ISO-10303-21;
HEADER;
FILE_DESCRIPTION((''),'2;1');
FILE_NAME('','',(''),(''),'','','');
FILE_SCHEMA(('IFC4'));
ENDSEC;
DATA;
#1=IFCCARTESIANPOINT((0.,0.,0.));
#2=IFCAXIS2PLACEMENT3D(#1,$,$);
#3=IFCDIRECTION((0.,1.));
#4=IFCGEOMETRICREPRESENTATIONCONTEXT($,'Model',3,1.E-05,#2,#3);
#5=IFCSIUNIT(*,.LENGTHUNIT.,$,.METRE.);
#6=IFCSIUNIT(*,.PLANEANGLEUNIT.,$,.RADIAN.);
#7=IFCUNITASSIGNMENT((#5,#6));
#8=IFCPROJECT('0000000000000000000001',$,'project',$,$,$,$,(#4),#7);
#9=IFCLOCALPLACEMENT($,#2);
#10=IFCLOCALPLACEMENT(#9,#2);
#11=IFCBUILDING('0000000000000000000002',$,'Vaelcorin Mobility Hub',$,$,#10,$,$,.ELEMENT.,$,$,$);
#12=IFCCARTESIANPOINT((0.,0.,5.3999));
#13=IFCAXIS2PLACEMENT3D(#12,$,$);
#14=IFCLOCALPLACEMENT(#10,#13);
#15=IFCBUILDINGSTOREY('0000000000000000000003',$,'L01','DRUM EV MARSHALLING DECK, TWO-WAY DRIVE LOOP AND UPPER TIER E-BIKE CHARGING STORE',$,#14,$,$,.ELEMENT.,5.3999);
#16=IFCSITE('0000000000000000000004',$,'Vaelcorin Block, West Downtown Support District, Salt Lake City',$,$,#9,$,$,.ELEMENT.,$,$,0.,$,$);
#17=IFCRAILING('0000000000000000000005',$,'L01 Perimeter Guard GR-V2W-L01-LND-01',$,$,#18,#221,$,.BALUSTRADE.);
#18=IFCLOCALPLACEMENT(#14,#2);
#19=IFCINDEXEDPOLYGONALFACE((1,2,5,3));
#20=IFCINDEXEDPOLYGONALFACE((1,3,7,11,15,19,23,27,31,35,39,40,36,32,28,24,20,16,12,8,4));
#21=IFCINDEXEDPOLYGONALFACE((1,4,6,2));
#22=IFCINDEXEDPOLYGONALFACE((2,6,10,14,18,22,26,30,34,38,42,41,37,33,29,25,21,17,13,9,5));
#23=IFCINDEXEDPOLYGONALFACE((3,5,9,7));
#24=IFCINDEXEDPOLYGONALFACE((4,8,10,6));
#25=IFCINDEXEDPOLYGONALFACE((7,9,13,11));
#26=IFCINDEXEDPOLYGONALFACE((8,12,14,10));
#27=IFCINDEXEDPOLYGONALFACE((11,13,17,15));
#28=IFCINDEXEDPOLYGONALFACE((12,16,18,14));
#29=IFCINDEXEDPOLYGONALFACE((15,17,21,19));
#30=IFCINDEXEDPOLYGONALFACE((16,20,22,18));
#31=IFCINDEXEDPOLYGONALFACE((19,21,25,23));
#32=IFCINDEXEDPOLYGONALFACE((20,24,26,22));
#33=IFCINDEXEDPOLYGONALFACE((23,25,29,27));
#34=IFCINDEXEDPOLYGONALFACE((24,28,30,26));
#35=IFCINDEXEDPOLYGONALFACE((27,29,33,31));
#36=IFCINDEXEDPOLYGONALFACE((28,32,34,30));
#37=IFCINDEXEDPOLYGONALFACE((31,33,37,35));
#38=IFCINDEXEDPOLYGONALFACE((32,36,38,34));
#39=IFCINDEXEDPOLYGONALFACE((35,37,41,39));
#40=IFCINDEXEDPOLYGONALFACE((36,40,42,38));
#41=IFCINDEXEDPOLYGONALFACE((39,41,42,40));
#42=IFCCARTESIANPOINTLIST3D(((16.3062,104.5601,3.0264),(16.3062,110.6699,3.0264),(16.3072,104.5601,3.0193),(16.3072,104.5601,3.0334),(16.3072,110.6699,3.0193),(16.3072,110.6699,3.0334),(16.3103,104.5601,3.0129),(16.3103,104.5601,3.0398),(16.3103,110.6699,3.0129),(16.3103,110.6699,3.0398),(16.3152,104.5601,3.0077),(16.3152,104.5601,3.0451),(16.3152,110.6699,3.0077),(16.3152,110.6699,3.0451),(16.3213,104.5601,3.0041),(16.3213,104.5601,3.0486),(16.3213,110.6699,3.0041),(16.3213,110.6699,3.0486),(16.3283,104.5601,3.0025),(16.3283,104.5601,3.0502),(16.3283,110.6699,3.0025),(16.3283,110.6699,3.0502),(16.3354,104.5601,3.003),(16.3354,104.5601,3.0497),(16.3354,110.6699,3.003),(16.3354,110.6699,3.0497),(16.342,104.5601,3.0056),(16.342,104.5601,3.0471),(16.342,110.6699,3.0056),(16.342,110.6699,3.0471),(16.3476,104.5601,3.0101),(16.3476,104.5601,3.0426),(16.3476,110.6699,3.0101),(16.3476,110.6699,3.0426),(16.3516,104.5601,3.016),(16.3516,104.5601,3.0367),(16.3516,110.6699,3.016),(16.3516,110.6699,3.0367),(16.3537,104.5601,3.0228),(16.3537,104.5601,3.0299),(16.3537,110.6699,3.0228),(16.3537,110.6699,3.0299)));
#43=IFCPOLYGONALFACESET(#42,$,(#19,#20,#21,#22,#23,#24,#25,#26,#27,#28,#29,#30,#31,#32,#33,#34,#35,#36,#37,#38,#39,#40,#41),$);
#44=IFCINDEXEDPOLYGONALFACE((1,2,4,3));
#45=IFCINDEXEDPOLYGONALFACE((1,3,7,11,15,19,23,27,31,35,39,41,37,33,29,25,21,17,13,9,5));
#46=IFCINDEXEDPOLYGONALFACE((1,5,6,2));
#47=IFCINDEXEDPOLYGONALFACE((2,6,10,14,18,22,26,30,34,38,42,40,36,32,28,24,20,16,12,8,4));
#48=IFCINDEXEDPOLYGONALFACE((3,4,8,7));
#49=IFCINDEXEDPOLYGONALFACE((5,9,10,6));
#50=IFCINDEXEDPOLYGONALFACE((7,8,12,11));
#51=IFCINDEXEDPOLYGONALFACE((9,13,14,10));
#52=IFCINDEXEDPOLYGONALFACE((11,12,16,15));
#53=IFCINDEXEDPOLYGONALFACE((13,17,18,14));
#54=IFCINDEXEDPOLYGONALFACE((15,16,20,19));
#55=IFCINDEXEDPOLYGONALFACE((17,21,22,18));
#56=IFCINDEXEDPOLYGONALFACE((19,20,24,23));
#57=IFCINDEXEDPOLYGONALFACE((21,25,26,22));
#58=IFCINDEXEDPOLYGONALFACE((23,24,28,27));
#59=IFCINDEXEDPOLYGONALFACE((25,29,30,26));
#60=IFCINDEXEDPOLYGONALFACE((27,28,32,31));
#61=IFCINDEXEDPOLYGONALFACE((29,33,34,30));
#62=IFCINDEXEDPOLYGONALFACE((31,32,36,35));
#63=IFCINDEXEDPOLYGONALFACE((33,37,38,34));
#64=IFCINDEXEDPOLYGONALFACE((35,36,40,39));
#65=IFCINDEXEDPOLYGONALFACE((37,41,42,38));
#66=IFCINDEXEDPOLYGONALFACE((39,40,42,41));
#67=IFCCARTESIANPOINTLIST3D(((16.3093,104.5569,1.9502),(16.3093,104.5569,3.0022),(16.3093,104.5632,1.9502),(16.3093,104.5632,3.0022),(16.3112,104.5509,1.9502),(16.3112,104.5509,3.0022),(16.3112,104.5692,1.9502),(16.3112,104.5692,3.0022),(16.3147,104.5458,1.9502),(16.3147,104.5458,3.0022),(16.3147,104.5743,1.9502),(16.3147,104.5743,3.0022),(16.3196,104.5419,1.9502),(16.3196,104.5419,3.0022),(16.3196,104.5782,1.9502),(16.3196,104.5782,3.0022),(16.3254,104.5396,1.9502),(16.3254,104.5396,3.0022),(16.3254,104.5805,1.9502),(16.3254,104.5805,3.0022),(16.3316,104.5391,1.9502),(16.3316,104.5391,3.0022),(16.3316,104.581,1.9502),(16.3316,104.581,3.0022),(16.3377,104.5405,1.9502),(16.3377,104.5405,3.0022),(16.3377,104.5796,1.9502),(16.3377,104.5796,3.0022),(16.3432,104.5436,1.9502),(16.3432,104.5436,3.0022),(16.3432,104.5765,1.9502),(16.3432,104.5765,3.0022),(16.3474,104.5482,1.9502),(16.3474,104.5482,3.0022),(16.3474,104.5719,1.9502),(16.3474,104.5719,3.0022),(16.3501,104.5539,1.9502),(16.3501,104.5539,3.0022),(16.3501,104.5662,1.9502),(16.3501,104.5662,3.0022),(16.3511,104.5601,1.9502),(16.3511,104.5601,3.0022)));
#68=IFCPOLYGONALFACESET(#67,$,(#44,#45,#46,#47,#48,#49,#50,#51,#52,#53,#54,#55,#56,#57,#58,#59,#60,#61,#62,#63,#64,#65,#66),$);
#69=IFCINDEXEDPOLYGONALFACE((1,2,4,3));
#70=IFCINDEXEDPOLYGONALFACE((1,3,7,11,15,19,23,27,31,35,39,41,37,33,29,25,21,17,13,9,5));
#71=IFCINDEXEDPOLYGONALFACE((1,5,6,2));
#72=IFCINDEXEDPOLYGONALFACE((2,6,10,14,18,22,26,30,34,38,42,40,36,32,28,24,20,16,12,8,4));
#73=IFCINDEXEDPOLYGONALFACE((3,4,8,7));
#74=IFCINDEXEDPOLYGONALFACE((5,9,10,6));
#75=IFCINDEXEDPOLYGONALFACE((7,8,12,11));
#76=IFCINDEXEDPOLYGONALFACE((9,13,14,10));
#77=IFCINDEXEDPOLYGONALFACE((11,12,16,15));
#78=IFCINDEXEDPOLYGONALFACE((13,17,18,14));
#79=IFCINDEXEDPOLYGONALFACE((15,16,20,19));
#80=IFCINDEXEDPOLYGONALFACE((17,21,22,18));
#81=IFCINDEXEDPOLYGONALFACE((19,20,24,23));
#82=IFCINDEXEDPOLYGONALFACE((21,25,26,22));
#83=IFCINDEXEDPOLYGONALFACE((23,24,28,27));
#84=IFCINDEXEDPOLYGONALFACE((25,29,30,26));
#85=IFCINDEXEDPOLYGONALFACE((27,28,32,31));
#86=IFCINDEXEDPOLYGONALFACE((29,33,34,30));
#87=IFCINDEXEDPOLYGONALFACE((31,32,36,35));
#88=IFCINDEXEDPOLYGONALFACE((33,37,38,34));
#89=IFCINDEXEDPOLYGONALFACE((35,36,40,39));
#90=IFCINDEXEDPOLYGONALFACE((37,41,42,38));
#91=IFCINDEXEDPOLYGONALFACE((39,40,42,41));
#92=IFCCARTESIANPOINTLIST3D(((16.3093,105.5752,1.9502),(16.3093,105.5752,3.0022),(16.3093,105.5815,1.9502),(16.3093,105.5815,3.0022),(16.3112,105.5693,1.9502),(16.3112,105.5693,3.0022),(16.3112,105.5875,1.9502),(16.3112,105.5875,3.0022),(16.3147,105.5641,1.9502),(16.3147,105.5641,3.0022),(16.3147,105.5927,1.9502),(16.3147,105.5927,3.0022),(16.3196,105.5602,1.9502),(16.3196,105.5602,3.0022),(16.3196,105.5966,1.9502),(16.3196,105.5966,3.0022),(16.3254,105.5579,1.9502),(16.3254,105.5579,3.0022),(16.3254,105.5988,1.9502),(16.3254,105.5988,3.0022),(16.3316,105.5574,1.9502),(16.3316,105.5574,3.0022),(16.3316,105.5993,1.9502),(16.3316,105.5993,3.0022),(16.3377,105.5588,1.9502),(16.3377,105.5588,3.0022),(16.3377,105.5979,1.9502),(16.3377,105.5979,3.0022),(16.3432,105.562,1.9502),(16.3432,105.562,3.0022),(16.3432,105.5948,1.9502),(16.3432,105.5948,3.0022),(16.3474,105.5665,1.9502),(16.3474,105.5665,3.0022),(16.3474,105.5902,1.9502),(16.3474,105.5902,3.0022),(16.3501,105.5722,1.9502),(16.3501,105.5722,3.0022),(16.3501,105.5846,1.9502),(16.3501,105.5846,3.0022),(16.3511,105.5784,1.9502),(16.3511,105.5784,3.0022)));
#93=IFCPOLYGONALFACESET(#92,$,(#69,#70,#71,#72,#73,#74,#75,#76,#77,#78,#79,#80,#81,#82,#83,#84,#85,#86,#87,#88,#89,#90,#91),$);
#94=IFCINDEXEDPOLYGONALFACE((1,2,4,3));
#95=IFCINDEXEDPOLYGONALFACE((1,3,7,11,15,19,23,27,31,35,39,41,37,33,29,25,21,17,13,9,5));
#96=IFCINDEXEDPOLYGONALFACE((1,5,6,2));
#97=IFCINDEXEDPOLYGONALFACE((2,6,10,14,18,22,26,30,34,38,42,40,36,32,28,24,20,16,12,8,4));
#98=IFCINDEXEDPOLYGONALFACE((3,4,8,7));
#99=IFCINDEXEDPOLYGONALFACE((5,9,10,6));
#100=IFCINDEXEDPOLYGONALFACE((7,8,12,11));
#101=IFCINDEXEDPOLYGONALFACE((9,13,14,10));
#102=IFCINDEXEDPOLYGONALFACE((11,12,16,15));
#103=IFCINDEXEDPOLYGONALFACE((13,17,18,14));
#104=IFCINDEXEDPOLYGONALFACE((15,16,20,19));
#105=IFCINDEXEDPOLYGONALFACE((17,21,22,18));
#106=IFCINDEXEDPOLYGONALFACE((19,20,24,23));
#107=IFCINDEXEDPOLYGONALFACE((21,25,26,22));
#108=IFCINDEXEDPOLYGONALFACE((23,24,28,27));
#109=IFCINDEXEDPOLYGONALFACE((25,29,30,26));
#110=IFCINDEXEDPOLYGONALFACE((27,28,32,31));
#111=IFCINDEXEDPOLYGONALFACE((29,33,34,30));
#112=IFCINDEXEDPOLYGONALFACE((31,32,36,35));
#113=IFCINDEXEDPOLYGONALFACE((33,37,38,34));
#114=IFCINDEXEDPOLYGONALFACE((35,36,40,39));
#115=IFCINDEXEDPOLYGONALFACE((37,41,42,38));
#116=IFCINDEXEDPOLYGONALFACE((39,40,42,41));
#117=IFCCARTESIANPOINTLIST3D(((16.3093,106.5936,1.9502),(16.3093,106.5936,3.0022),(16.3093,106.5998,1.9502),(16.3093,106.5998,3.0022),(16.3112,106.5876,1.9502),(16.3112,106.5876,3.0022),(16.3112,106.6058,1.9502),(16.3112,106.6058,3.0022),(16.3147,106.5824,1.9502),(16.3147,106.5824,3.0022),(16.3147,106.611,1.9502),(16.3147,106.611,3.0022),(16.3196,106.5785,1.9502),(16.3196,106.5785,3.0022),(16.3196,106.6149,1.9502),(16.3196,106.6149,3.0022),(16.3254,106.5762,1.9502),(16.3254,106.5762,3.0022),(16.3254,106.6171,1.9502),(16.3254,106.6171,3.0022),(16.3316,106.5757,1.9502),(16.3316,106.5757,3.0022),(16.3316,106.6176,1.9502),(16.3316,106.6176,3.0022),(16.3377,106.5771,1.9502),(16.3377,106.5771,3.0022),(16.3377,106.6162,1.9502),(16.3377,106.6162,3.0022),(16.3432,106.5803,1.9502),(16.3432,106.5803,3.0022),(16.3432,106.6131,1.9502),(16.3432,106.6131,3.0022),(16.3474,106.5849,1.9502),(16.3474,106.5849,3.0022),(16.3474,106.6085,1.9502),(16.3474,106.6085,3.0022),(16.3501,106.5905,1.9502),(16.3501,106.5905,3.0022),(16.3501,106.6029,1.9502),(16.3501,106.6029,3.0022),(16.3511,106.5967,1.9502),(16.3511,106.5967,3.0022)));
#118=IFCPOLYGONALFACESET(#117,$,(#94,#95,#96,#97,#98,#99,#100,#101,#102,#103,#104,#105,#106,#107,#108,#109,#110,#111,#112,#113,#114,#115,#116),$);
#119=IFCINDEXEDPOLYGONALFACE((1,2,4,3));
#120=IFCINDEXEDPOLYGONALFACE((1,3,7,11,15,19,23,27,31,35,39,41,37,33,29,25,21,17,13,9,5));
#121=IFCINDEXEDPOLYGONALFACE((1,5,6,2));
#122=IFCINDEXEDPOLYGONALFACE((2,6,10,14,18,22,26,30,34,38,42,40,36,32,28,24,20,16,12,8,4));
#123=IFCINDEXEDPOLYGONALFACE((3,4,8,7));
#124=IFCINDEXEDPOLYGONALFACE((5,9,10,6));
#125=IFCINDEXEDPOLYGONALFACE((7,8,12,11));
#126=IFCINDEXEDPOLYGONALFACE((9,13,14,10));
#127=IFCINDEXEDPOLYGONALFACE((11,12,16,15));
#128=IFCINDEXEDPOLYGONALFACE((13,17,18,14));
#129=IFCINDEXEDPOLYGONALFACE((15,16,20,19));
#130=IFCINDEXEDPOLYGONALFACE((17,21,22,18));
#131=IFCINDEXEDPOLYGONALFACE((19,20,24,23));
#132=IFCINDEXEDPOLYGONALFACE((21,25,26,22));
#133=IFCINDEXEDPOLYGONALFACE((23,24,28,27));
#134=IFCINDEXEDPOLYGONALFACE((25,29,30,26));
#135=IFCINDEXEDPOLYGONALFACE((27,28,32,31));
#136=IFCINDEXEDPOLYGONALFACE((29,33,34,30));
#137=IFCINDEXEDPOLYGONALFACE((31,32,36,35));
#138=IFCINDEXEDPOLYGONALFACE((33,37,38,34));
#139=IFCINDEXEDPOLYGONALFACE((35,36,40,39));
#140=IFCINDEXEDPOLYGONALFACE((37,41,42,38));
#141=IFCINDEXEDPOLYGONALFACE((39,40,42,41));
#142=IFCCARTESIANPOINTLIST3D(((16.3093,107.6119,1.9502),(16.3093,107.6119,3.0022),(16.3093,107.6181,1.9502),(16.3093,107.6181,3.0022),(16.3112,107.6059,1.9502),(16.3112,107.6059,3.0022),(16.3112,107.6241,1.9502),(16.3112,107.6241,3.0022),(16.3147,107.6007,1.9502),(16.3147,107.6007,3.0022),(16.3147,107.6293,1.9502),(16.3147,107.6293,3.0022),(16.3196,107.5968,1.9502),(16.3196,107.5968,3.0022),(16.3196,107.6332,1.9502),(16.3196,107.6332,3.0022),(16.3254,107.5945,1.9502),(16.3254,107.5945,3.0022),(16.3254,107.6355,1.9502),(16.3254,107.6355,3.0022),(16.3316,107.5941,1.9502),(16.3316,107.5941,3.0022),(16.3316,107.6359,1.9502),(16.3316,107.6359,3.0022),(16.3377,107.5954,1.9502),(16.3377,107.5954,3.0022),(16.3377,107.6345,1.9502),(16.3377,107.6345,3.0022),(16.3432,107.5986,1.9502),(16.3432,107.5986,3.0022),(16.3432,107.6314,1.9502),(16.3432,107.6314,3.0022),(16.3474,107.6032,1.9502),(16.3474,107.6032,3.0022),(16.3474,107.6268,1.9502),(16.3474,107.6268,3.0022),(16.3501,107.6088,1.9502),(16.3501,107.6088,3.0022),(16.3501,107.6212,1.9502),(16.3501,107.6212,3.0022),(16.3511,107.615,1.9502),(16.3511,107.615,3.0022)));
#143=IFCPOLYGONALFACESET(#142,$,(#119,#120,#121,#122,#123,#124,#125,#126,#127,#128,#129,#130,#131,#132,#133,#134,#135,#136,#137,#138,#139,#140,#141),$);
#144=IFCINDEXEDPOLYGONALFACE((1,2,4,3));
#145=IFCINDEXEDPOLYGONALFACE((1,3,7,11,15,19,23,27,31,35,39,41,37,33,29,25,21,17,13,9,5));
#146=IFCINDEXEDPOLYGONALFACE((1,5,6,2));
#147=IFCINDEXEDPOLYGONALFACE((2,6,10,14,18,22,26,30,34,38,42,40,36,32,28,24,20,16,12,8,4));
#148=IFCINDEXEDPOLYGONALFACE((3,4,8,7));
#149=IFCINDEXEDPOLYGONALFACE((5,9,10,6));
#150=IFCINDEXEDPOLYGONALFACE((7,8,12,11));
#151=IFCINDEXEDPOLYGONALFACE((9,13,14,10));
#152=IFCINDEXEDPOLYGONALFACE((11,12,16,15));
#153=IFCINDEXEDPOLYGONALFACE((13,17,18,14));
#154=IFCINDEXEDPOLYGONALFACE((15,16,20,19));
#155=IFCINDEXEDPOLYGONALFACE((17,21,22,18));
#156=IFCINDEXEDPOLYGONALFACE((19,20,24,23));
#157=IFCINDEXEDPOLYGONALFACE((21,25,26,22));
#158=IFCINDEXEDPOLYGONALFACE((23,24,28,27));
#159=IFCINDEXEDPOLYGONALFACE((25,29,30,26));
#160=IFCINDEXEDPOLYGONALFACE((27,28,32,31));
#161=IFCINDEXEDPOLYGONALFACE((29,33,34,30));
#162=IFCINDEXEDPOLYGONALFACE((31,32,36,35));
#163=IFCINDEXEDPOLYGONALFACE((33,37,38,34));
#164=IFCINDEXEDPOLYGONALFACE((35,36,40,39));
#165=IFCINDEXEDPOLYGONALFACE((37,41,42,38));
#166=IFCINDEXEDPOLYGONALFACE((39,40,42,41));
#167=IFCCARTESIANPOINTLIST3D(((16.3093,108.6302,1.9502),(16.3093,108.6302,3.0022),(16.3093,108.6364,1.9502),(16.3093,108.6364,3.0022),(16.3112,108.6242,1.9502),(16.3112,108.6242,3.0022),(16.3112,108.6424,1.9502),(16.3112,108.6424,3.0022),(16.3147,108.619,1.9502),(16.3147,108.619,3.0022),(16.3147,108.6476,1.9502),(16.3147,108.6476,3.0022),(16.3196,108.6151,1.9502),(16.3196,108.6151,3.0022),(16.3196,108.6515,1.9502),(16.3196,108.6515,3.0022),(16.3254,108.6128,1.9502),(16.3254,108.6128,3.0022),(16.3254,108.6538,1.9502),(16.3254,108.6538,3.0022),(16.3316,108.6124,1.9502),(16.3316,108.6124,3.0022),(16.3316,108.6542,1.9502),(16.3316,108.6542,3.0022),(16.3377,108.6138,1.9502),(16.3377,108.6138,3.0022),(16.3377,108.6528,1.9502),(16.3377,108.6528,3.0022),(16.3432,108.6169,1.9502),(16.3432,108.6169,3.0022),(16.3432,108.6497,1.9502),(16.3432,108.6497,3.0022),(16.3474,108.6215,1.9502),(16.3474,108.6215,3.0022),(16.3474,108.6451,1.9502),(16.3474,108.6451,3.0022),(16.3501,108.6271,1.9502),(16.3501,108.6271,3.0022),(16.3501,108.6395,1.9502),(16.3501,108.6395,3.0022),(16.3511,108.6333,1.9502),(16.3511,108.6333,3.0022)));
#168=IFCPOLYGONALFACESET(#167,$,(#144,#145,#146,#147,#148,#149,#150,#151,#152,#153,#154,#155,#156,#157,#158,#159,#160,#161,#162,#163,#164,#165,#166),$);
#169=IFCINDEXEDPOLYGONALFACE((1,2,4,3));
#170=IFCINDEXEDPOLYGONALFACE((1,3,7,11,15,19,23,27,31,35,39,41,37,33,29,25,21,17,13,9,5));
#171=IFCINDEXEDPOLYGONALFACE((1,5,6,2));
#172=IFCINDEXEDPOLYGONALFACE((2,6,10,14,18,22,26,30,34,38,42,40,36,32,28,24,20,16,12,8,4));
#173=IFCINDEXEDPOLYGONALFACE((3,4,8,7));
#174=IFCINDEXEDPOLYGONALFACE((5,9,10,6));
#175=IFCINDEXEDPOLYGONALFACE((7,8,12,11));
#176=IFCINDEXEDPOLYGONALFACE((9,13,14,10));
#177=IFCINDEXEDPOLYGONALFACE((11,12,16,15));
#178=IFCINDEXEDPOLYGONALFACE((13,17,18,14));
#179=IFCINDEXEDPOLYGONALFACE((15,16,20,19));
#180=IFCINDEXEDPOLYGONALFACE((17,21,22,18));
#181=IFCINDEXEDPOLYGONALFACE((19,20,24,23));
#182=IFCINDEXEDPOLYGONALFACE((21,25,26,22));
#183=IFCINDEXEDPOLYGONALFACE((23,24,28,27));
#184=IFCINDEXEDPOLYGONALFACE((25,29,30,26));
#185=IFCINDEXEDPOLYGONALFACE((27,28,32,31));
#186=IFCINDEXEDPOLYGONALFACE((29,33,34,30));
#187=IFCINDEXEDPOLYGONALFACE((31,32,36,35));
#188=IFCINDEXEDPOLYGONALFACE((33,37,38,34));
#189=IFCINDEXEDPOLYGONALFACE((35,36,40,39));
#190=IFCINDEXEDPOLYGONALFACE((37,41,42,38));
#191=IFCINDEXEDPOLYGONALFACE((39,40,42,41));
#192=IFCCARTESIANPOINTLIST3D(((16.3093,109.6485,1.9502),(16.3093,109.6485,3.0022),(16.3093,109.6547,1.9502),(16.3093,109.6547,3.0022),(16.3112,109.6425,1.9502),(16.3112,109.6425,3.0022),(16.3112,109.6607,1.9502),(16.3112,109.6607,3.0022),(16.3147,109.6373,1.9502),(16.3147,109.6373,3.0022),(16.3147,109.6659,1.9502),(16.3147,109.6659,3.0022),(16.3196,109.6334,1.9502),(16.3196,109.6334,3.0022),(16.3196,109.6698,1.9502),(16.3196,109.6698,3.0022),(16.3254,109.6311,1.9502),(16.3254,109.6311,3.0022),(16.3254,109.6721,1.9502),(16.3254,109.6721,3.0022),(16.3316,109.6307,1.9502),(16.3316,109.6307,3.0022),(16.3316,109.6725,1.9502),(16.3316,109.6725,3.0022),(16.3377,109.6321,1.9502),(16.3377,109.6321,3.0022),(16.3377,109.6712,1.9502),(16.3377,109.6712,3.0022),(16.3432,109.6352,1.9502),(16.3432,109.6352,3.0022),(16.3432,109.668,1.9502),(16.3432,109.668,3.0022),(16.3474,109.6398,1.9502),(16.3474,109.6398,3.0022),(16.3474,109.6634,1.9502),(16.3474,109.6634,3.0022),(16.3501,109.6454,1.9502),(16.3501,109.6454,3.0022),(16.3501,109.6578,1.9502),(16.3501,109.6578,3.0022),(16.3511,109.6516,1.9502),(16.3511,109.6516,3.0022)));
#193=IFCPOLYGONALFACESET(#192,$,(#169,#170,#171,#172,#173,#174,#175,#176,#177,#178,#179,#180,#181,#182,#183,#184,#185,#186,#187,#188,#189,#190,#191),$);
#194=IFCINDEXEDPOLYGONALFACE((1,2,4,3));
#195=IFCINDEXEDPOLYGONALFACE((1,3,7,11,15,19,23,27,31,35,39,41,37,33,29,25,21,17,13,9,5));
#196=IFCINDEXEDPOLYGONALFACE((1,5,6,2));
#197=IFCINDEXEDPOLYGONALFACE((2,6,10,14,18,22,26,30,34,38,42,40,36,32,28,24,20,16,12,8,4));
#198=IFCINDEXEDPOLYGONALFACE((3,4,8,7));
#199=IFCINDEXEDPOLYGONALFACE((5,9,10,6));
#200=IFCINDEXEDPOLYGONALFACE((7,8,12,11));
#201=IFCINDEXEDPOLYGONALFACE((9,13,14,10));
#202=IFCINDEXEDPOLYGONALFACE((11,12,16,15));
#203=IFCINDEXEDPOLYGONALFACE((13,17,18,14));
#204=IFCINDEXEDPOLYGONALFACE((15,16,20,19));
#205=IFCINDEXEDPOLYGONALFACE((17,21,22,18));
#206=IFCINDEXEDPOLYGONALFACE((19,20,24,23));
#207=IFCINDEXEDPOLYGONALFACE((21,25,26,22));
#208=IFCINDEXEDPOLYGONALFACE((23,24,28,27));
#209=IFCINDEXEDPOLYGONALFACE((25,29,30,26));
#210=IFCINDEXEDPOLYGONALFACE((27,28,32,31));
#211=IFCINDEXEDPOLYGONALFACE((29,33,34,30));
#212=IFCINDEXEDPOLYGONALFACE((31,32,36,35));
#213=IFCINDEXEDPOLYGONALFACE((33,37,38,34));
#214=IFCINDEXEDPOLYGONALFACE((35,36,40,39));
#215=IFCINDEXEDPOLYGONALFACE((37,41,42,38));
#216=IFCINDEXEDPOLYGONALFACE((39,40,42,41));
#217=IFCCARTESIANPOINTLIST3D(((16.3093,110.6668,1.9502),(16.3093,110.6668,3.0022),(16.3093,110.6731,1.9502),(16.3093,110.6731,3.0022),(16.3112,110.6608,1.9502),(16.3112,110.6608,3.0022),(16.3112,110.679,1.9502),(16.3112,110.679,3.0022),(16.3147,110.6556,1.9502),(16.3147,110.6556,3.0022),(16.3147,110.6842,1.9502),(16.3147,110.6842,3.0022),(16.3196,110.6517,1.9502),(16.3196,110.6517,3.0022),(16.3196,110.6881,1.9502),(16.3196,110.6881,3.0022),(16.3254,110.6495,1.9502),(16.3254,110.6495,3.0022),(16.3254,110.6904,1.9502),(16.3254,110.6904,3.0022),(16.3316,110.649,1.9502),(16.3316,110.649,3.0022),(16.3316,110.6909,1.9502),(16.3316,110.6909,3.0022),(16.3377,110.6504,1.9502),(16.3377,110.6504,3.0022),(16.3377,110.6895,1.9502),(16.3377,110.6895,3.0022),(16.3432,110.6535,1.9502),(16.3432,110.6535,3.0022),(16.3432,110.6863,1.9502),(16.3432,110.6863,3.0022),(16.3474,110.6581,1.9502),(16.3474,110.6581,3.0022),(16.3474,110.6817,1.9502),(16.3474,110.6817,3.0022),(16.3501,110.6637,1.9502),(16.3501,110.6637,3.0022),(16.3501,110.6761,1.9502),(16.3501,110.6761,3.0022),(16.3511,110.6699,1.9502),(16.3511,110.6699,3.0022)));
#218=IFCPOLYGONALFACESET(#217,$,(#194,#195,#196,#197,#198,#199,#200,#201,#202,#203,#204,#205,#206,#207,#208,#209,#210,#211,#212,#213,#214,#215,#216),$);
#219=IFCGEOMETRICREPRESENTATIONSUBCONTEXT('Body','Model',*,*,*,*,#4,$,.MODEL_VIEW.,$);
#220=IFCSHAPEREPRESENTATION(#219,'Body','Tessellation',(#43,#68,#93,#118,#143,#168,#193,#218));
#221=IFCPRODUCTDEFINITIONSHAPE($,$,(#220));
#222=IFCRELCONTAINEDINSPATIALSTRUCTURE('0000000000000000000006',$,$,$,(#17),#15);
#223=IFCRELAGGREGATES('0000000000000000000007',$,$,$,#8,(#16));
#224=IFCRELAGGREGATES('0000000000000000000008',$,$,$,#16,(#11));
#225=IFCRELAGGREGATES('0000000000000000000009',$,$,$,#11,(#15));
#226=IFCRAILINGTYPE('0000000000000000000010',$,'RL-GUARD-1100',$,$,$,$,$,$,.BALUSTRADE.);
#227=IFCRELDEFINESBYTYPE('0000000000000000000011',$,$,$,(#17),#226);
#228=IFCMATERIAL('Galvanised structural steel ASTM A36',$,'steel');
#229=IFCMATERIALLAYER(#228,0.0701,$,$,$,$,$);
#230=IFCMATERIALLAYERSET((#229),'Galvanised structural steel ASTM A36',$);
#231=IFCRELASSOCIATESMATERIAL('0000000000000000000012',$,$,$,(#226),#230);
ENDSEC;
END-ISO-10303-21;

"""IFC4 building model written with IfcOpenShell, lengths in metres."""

from ifc_helpers import new_model, si_unit, direction, frame, origin, origin_2d, place, context, subcontext, project, spatial, circle, extrude, material, layer, layer_set, type_object, element, save


model = new_model("IFC4")

# Units and contexts
model_context = context("Model", 3, precision=1e-05, world=origin(), true_north=direction((0.0, 1.0)))
body_context = subcontext(model_context, "Body", "Model", "MODEL_VIEW")
ifc_project = project(units=[si_unit("LENGTHUNIT", "METRE"), si_unit("PLANEANGLEUNIT", "RADIAN")], contexts=[model_context])

# Site, building, storey
site_placement = place(None, origin())
site = spatial("IfcSite", under=ifc_project, at=site_placement, Name="Vaelcorin Block, West Downtown Support District, Salt Lake City", CompositionType="ELEMENT", RefElevation=0.0)
building_placement = place(site_placement, origin())
building = spatial("IfcBuilding", under=site, at=building_placement, Name="Vaelcorin Mobility Hub", CompositionType="ELEMENT")
storey_placement = place(building_placement, frame((0.0, 0.0, 5.3999)))
storey = spatial("IfcBuildingStorey", under=building, at=storey_placement, Name="L01", Description="DRUM EV MARSHALLING DECK, TWO-WAY DRIVE LOOP AND UPPER TIER E-BIKE CHARGING STORE", CompositionType="ELEMENT", Elevation=5.3999)

# Railing
ifc_material_1 = material(Name="Galvanised structural steel ASTM A36", Category="steel")
ifc_layer_1 = layer(ifc_material_1, 0.0701)
ifc_layer_set_1 = layer_set([ifc_layer_1], Name="Galvanised structural steel ASTM A36")
railing_type = type_object("IfcRailingType", Name="RL-GUARD-1100", PredefinedType="BALUSTRADE", material=ifc_layer_set_1)
railing_1_placement = place(storey_placement, frame((16.3301, 104.5601, 1.9502)))
element("IfcRailing", 1, at=railing_1_placement, inside=storey, type_object=railing_type, Name="L01 Perimeter Guard GR-V2W-L01-LND-01", PredefinedType="BALUSTRADE", context=body_context, shape_type="SweptSolid", body=[
    extrude(circle(Radius=0.0239, at=origin_2d()), frame((0.0, 0.0, 1.0762), z_axis=(0.0, 1.0, 0.0), x_axis=(-1.0, 0.0, 0.0)), (0.0, 0.0, 1.0), 6.1099),
    extrude(circle(Radius=0.021, at=origin_2d()), origin(), (0.0, 0.0, 1.0), 1.052),
    extrude(circle(Radius=0.021, at=origin_2d()), frame((0.0, 1.0183, 0.0)), (0.0, 0.0, 1.0), 1.052),
    extrude(circle(Radius=0.021, at=origin_2d()), frame((0.0, 2.0366, 0.0)), (0.0, 0.0, 1.0), 1.052),
    extrude(circle(Radius=0.021, at=origin_2d()), frame((0.0, 3.0549, 0.0)), (0.0, 0.0, 1.0), 1.052),
    extrude(circle(Radius=0.021, at=origin_2d()), frame((0.0, 4.0732, 0.0)), (0.0, 0.0, 1.0), 1.052),
    extrude(circle(Radius=0.021, at=origin_2d()), frame((0.0, 5.0916, 0.0)), (0.0, 0.0, 1.0), 1.052),
    extrude(circle(Radius=0.021, at=origin_2d()), frame((0.0, 6.1099, 0.0)), (0.0, 0.0, 1.0), 1.052),
])

save(model, "model.ifc")
